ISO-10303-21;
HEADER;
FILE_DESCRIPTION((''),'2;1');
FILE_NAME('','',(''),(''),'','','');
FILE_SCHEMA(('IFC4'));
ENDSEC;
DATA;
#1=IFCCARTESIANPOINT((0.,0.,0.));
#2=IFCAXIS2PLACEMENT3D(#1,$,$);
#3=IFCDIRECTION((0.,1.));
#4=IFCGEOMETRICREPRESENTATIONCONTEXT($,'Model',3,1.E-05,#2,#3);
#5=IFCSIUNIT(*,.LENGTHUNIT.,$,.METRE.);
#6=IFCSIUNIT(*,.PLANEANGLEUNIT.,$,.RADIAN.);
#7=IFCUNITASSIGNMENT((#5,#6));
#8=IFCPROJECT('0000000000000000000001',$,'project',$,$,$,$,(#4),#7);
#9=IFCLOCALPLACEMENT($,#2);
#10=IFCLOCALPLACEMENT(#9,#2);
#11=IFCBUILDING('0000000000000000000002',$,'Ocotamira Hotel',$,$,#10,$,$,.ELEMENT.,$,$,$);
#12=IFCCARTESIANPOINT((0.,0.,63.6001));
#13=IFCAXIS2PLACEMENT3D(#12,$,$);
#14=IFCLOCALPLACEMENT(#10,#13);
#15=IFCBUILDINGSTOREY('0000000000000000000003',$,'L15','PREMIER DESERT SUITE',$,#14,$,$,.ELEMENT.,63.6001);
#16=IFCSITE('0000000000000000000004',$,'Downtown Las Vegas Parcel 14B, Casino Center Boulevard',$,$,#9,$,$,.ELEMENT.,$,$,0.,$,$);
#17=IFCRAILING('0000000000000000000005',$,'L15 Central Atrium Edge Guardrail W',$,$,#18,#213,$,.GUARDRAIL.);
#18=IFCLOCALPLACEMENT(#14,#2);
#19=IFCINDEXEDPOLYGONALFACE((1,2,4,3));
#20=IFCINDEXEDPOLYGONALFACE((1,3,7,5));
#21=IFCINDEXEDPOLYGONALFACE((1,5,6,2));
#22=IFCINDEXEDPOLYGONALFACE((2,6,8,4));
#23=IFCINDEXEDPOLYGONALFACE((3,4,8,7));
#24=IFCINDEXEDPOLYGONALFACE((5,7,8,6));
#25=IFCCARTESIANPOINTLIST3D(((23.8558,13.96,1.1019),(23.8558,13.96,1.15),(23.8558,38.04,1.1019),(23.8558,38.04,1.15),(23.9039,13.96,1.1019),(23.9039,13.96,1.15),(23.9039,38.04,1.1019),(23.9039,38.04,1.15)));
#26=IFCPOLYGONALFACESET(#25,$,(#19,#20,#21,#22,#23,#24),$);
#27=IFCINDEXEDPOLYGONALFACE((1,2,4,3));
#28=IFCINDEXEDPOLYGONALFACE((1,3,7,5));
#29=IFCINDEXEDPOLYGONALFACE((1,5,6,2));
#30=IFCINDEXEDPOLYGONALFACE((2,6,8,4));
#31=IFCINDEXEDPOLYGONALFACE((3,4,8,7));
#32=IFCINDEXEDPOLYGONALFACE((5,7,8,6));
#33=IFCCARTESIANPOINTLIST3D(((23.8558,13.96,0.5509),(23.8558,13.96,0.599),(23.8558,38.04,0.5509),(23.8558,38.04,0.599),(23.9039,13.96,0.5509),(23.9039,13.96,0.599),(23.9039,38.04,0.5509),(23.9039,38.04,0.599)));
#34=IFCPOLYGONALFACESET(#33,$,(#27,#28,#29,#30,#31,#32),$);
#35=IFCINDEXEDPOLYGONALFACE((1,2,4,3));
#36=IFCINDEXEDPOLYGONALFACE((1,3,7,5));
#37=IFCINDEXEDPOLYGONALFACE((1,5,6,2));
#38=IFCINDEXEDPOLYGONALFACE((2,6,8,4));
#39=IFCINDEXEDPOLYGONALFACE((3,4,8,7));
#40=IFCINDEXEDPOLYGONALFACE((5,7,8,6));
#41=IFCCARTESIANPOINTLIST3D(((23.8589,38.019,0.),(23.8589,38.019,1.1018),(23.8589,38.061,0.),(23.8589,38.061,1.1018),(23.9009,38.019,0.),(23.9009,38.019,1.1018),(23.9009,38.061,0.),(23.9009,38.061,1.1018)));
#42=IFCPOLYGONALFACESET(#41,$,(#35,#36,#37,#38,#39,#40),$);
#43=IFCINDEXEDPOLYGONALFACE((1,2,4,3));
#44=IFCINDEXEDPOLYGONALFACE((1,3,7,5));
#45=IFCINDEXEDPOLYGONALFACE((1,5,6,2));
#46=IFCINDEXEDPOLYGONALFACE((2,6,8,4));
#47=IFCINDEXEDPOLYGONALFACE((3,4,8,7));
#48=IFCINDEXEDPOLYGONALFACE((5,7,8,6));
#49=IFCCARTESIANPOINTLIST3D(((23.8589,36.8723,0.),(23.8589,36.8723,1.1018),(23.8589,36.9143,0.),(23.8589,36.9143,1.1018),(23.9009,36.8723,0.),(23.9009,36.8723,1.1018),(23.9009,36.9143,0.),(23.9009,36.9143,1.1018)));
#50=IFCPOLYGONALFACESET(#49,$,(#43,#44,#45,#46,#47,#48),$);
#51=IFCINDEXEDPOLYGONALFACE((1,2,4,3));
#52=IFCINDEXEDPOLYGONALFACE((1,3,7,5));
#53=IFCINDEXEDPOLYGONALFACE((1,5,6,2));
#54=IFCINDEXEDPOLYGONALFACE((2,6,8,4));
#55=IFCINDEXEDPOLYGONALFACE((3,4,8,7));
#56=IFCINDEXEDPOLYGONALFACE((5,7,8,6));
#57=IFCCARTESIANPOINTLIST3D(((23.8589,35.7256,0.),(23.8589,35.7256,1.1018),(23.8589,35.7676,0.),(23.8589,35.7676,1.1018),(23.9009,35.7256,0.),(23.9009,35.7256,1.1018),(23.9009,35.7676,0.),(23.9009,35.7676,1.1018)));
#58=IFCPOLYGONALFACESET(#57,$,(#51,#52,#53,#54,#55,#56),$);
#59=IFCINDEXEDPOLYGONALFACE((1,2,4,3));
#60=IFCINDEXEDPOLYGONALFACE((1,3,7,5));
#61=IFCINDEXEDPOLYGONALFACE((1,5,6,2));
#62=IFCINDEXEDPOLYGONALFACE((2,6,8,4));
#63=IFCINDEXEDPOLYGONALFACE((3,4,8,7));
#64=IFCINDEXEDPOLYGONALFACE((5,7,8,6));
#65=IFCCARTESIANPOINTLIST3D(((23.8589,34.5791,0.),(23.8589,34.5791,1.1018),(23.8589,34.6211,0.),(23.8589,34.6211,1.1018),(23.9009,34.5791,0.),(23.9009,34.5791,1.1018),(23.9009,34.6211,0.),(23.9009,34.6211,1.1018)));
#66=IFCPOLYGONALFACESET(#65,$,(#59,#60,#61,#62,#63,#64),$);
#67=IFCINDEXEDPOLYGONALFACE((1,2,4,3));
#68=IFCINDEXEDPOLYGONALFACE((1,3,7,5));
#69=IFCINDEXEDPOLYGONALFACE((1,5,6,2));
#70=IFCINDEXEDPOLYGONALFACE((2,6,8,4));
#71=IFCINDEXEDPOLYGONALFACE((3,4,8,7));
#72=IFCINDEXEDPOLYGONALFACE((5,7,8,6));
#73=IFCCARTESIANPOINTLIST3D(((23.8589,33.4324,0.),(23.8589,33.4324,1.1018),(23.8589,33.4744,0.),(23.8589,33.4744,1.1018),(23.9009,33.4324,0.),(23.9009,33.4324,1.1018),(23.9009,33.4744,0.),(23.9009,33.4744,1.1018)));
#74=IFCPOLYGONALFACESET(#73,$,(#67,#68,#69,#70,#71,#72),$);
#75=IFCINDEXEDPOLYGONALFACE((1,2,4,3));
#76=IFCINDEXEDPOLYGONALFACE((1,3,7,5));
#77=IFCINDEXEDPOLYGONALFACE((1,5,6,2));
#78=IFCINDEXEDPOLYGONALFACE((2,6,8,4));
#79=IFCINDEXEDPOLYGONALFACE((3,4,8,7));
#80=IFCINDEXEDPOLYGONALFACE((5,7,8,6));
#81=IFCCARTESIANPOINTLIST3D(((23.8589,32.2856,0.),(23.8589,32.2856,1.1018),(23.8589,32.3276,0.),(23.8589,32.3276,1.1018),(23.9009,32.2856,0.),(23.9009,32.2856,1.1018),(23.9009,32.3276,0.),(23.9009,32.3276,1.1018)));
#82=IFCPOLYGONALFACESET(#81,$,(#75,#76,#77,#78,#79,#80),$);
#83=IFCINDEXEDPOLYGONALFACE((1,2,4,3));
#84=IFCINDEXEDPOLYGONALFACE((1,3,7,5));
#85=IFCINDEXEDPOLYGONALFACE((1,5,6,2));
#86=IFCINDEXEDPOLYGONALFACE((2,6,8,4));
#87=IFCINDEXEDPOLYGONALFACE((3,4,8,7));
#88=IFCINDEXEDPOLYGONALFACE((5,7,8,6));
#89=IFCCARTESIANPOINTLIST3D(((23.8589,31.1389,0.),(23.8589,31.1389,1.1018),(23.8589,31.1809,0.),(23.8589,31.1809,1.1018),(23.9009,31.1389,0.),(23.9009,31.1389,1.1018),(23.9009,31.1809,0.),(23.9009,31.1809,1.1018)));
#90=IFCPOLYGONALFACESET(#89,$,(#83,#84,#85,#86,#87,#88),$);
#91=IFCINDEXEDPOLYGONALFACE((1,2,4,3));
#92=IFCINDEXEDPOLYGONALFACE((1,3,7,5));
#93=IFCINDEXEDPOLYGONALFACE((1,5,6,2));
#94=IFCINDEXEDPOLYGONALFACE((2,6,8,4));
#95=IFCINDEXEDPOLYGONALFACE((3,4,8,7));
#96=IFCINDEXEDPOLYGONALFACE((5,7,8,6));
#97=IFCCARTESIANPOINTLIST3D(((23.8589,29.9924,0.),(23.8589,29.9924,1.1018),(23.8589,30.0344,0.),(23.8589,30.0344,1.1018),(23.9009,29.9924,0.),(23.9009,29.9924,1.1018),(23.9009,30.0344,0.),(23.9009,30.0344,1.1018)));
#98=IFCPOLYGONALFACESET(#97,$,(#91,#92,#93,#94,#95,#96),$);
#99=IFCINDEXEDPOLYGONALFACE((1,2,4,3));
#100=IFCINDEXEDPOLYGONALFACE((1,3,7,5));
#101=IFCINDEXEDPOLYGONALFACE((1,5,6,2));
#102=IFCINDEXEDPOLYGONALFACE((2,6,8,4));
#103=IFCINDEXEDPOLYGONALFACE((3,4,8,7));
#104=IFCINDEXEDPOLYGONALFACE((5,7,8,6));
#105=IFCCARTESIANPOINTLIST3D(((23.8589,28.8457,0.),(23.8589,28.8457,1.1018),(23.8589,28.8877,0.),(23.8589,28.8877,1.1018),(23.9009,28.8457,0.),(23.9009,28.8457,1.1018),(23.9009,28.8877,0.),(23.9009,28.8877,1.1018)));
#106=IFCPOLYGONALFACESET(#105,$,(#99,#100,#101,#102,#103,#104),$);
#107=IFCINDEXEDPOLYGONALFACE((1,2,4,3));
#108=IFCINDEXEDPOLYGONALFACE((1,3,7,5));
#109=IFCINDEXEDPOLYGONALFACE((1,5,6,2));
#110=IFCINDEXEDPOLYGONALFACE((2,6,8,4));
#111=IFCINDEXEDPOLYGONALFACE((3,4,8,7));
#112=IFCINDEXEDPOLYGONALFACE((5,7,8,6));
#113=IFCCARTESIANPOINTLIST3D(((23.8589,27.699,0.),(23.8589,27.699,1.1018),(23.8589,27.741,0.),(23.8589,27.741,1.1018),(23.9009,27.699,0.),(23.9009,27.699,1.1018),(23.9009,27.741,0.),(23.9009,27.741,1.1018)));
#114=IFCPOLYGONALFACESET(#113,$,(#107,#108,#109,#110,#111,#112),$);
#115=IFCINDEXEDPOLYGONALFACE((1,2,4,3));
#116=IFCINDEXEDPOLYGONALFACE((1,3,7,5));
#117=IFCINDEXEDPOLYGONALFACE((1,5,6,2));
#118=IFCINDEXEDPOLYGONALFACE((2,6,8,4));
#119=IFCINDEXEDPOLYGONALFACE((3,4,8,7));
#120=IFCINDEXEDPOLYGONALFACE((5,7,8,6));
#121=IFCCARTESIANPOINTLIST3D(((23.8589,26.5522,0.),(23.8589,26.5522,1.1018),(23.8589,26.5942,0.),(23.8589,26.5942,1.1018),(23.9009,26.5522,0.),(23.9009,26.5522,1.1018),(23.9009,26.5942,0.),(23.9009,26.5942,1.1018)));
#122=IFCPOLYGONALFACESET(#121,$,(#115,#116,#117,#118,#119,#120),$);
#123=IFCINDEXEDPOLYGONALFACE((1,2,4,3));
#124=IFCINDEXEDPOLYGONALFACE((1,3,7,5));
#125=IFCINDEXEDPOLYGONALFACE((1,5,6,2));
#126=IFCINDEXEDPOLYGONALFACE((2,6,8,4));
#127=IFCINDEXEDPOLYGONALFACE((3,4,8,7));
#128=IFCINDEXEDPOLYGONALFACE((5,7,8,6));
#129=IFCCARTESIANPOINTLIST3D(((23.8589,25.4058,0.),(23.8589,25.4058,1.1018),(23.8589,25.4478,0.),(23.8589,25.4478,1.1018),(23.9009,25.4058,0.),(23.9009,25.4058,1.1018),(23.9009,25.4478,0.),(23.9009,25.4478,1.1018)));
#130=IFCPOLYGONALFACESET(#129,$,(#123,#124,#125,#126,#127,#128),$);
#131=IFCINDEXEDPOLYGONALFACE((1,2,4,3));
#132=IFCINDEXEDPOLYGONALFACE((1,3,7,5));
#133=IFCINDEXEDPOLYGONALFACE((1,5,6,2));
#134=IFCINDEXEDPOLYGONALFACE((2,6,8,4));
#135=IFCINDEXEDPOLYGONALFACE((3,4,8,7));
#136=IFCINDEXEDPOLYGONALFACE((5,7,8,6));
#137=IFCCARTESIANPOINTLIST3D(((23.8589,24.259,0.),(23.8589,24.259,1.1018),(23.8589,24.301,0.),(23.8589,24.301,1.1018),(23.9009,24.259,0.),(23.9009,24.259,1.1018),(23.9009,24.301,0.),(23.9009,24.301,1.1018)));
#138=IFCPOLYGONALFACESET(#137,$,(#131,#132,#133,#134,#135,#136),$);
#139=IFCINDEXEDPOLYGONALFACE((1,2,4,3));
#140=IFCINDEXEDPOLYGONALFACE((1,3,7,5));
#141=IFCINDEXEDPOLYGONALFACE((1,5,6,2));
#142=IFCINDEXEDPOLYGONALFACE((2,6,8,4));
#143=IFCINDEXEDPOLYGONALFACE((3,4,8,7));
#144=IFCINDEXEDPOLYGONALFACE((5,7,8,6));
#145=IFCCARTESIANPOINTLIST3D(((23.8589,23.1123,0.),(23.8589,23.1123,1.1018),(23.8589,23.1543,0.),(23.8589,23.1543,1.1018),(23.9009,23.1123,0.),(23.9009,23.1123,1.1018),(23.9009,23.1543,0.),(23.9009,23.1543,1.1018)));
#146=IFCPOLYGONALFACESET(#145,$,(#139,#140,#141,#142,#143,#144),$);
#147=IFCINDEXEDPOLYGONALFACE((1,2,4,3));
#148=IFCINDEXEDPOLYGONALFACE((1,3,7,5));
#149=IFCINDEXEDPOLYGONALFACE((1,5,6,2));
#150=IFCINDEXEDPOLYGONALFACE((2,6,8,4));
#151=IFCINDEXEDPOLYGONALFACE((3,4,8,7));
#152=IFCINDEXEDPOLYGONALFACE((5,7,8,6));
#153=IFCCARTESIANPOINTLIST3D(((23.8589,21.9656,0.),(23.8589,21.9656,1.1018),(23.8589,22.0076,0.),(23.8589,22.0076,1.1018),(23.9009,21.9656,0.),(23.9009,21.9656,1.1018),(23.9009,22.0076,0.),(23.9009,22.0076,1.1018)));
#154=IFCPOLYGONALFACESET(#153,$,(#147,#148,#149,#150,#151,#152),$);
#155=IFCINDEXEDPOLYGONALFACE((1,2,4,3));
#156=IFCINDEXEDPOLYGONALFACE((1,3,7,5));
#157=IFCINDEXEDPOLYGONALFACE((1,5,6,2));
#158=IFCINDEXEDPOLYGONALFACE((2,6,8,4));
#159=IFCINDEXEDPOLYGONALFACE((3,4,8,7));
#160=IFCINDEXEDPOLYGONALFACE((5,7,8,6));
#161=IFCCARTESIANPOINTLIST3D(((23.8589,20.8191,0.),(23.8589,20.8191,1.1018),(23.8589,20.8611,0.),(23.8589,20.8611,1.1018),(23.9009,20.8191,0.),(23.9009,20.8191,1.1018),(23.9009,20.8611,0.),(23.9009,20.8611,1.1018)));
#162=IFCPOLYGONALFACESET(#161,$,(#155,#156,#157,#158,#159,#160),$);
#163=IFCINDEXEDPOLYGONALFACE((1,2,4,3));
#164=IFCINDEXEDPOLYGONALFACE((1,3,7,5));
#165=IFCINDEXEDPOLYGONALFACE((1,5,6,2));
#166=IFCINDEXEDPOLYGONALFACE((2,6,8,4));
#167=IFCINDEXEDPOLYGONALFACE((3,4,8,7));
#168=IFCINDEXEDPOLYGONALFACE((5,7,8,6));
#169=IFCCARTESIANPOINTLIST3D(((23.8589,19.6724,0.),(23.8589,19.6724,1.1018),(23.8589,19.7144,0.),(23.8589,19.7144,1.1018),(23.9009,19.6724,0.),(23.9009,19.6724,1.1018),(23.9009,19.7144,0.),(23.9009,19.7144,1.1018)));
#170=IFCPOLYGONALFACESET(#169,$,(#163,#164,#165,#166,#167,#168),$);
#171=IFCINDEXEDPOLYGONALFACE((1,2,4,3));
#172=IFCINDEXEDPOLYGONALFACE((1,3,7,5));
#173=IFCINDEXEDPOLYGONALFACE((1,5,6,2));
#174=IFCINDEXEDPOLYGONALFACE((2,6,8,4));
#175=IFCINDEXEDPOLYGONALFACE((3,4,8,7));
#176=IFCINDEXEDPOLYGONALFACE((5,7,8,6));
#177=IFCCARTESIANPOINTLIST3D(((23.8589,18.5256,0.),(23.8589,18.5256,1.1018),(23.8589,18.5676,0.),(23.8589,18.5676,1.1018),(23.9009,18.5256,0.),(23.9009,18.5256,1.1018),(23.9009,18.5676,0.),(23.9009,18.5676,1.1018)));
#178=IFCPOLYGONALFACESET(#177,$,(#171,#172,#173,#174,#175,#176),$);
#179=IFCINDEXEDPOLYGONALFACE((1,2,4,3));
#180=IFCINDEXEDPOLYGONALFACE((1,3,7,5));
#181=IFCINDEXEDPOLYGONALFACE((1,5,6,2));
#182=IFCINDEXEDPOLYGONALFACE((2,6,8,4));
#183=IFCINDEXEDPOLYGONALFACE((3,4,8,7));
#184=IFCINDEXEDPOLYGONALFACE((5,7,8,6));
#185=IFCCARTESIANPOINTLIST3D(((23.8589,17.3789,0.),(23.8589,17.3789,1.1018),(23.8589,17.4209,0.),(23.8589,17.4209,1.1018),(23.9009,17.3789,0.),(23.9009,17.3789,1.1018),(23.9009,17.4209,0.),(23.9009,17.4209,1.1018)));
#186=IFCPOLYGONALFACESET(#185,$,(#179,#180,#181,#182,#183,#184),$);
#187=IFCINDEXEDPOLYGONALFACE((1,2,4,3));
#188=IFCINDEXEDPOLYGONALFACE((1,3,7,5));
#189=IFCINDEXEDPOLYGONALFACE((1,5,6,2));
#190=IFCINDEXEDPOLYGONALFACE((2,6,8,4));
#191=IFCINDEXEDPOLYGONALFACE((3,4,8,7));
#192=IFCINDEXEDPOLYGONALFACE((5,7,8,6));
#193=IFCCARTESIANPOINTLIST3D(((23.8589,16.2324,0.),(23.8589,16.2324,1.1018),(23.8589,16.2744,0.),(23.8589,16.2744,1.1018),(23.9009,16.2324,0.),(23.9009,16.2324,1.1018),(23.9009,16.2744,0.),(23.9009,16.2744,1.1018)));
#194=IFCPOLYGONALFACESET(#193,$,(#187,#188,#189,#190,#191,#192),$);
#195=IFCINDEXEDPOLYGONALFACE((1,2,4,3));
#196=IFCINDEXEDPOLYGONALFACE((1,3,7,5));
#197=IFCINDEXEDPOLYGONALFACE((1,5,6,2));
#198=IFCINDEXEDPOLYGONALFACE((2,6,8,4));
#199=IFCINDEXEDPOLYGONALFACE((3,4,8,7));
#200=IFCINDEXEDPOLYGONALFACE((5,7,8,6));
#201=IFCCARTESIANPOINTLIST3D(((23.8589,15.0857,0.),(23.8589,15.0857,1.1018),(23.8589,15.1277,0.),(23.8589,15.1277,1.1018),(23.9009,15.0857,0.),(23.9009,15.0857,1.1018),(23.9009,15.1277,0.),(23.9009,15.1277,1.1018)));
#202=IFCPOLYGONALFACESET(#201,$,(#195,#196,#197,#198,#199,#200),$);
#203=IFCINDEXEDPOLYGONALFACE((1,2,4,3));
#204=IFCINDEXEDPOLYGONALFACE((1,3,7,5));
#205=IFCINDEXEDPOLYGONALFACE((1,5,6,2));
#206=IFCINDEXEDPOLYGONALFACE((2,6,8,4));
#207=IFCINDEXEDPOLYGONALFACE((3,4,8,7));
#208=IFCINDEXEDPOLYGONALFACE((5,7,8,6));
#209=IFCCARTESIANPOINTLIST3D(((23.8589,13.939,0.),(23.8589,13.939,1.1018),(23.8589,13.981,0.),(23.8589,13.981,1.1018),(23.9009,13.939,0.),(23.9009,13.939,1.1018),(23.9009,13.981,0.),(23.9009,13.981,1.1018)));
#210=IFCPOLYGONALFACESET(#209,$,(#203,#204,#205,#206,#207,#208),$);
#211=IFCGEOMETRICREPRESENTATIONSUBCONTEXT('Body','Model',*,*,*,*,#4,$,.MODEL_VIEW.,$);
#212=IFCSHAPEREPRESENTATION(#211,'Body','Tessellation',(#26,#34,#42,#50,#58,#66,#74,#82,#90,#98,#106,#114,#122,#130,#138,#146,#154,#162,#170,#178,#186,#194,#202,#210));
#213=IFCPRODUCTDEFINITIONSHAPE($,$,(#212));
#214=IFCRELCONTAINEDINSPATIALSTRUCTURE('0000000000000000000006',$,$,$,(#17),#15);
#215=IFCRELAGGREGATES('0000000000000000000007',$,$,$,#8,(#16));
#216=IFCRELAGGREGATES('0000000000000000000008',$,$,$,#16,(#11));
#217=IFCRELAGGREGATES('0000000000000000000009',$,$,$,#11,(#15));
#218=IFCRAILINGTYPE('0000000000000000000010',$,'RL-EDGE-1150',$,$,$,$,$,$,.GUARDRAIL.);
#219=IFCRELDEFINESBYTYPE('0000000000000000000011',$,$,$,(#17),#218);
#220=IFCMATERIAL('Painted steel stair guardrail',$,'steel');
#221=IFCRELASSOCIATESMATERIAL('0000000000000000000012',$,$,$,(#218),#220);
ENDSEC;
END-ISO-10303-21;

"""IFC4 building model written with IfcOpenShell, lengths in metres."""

from ifc_helpers import new_model, si_unit, direction, frame, origin, origin_2d, place, context, subcontext, project, spatial, rectangle, extrude, material, type_object, element, save


model = new_model("IFC4")

# Units and contexts
model_context = context("Model", 3, precision=1e-05, world=origin(), true_north=direction((0.0, 1.0)))
body_context = subcontext(model_context, "Body", "Model", "MODEL_VIEW")
ifc_project = project(units=[si_unit("LENGTHUNIT", "METRE"), si_unit("PLANEANGLEUNIT", "RADIAN")], contexts=[model_context])

# Site, building, storey
site_placement = place(None, origin())
site = spatial("IfcSite", under=ifc_project, at=site_placement, Name="Downtown Las Vegas Parcel 14B, Casino Center Boulevard", CompositionType="ELEMENT", RefElevation=0.0)
building_placement = place(site_placement, origin())
building = spatial("IfcBuilding", under=site, at=building_placement, Name="Ocotamira Hotel", CompositionType="ELEMENT")
storey_placement = place(building_placement, frame((0.0, 0.0, 63.6001)))
storey = spatial("IfcBuildingStorey", under=building, at=storey_placement, Name="L15", Description="PREMIER DESERT SUITE", CompositionType="ELEMENT", Elevation=63.6001)

# Railing
ifc_material_1 = material(Name="Painted steel stair guardrail", Category="steel")
railing_type = type_object("IfcRailingType", Name="RL-EDGE-1150", PredefinedType="GUARDRAIL", material=ifc_material_1)
railing_placement = place(storey_placement, frame((23.8799, 38.04, 0.0)))
element("IfcRailing", 1, at=railing_placement, inside=storey, type_object=railing_type, Name="L15 Central Atrium Edge Guardrail W", PredefinedType="GUARDRAIL", context=body_context, shape_type="SweptSolid", body=[
    extrude(rectangle(XDim=0.0481, YDim=0.0481, at=origin_2d()), frame((0.0, 0.0, 1.126), z_axis=(0.0, -1.0, 0.0), x_axis=(1.0, 0.0, 0.0)), (0.0, 0.0, 1.0), 24.0801),
    extrude(rectangle(XDim=0.0481, YDim=0.0481, at=origin_2d()), frame((0.0, 0.0, 0.575), z_axis=(0.0, -1.0, 0.0), x_axis=(1.0, 0.0, 0.0)), (0.0, 0.0, 1.0), 24.0801),
    extrude(rectangle(XDim=0.042, YDim=0.042, at=origin_2d()), origin(), (0.0, 0.0, 1.0), 1.1018),
    extrude(rectangle(XDim=0.042, YDim=0.042, at=origin_2d()), frame((0.0, -1.1467, 0.0)), (0.0, 0.0, 1.0), 1.1018),
    extrude(rectangle(XDim=0.042, YDim=0.042, at=origin_2d()), frame((0.0, -2.2935, 0.0)), (0.0, 0.0, 1.0), 1.1018),
    extrude(rectangle(XDim=0.042, YDim=0.042, at=origin_2d()), frame((0.0, -3.4399, 0.0)), (0.0, 0.0, 1.0), 1.1018),
    extrude(rectangle(XDim=0.042, YDim=0.042, at=origin_2d()), frame((0.0, -4.5867, 0.0)), (0.0, 0.0, 1.0), 1.1018),
    extrude(rectangle(XDim=0.042, YDim=0.042, at=origin_2d()), frame((0.0, -5.7334, 0.0)), (0.0, 0.0, 1.0), 1.1018),
    extrude(rectangle(XDim=0.042, YDim=0.042, at=origin_2d()), frame((0.0, -6.8801, 0.0)), (0.0, 0.0, 1.0), 1.1018),
    extrude(rectangle(XDim=0.042, YDim=0.042, at=origin_2d()), frame((0.0, -8.0266, 0.0)), (0.0, 0.0, 1.0), 1.1018),
    extrude(rectangle(XDim=0.042, YDim=0.042, at=origin_2d()), frame((0.0, -9.1733, 0.0)), (0.0, 0.0, 1.0), 1.1018),
    extrude(rectangle(XDim=0.042, YDim=0.042, at=origin_2d()), frame((0.0, -10.3201, 0.0)), (0.0, 0.0, 1.0), 1.1018),
    extrude(rectangle(XDim=0.042, YDim=0.042, at=origin_2d()), frame((0.0, -11.4668, 0.0)), (0.0, 0.0, 1.0), 1.1018),
    extrude(rectangle(XDim=0.042, YDim=0.042, at=origin_2d()), frame((0.0, -12.6133, 0.0)), (0.0, 0.0, 1.0), 1.1018),
    extrude(rectangle(XDim=0.042, YDim=0.042, at=origin_2d()), frame((0.0, -13.76, 0.0)), (0.0, 0.0, 1.0), 1.1018),
    extrude(rectangle(XDim=0.042, YDim=0.042, at=origin_2d()), frame((0.0, -14.9067, 0.0)), (0.0, 0.0, 1.0), 1.1018),
    extrude(rectangle(XDim=0.042, YDim=0.042, at=origin_2d()), frame((0.0, -16.0535, 0.0)), (0.0, 0.0, 1.0), 1.1018),
    extrude(rectangle(XDim=0.042, YDim=0.042, at=origin_2d()), frame((0.0, -17.2, 0.0)), (0.0, 0.0, 1.0), 1.1018),
    extrude(rectangle(XDim=0.042, YDim=0.042, at=origin_2d()), frame((0.0, -18.3467, 0.0)), (0.0, 0.0, 1.0), 1.1018),
    extrude(rectangle(XDim=0.042, YDim=0.042, at=origin_2d()), frame((0.0, -19.4934, 0.0)), (0.0, 0.0, 1.0), 1.1018),
    extrude(rectangle(XDim=0.042, YDim=0.042, at=origin_2d()), frame((0.0, -20.6401, 0.0)), (0.0, 0.0, 1.0), 1.1018),
    extrude(rectangle(XDim=0.042, YDim=0.042, at=origin_2d()), frame((0.0, -21.7866, 0.0)), (0.0, 0.0, 1.0), 1.1018),
    extrude(rectangle(XDim=0.042, YDim=0.042, at=origin_2d()), frame((0.0, -22.9333, 0.0)), (0.0, 0.0, 1.0), 1.1018),
    extrude(rectangle(XDim=0.042, YDim=0.042, at=origin_2d()), frame((0.0, -24.0801, 0.0)), (0.0, 0.0, 1.0), 1.1018),
])

save(model, "model.ifc")
